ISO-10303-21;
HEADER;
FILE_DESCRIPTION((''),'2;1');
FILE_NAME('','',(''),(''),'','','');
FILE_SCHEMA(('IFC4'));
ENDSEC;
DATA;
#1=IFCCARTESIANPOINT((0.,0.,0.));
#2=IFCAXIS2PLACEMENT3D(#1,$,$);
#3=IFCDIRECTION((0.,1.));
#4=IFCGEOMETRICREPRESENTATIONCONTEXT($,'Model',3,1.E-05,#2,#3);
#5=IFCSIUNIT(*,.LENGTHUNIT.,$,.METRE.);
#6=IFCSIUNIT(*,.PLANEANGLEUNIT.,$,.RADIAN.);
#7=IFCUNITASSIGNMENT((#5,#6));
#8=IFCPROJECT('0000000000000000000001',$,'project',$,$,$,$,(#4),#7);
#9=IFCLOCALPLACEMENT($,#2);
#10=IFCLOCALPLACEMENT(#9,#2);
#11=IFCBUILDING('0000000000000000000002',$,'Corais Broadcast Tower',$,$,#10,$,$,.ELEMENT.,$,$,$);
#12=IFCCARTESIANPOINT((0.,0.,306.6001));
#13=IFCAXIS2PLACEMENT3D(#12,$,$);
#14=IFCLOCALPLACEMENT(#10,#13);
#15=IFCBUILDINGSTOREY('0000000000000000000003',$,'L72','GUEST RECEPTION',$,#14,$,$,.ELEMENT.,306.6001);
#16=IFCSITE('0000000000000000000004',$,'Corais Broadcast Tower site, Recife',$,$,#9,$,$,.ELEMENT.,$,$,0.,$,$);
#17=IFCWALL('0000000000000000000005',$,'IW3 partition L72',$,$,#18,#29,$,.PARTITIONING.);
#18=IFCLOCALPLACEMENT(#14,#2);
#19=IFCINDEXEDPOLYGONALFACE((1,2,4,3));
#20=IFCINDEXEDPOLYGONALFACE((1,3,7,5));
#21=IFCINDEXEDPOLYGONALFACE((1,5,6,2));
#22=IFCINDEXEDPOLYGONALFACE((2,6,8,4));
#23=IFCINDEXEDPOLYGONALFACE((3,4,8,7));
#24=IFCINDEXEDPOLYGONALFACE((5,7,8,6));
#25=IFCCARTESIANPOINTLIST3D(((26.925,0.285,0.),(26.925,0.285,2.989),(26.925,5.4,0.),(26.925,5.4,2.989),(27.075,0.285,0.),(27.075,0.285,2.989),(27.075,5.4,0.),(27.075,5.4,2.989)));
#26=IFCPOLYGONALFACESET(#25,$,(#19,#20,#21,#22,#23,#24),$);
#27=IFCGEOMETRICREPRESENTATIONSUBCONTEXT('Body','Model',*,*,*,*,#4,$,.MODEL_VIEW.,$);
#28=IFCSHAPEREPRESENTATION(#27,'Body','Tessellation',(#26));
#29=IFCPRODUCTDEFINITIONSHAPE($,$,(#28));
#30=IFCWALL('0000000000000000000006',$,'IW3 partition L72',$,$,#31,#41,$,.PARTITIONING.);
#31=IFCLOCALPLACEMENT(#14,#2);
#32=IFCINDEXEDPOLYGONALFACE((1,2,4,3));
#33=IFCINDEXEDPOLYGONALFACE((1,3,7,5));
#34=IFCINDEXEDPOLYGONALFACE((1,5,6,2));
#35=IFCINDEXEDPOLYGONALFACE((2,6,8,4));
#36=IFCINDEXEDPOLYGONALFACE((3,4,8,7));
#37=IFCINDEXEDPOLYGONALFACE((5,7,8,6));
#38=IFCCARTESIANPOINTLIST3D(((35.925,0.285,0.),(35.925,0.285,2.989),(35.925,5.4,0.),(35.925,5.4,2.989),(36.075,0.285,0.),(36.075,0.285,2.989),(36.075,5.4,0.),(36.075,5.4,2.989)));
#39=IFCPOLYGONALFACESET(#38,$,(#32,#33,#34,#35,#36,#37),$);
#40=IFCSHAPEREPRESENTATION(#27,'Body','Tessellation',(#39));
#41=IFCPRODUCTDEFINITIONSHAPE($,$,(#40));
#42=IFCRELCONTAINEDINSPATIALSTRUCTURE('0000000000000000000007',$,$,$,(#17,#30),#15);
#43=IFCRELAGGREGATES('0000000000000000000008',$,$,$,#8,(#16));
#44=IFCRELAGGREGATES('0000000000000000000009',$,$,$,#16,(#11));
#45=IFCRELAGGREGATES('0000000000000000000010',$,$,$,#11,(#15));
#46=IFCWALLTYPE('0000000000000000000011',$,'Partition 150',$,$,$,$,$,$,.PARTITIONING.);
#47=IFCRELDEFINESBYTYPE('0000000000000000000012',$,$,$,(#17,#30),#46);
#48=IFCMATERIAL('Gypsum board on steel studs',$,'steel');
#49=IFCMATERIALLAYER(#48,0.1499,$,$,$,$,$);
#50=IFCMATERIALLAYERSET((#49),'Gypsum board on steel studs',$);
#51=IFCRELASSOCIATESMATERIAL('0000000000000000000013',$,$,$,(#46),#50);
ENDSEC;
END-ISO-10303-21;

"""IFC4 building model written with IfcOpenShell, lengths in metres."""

from ifc_helpers import new_model, si_unit, direction, frame, frame_2d, origin, place, context, subcontext, project, spatial, rectangle, extrude, material, layer, layer_set, type_object, element, save


model = new_model("IFC4")

# Units and contexts
model_context = context("Model", 3, precision=1e-05, world=origin(), true_north=direction((0.0, 1.0)))
body_context = subcontext(model_context, "Body", "Model", "MODEL_VIEW")
ifc_project = project(units=[si_unit("LENGTHUNIT", "METRE"), si_unit("PLANEANGLEUNIT", "RADIAN")], contexts=[model_context])

# Site, building, storey
site_placement = place(None, origin())
site = spatial("IfcSite", under=ifc_project, at=site_placement, Name="Corais Broadcast Tower site, Recife", CompositionType="ELEMENT", RefElevation=0.0)
building_placement = place(site_placement, origin())
building = spatial("IfcBuilding", under=site, at=building_placement, Name="Corais Broadcast Tower", CompositionType="ELEMENT")
storey_placement = place(building_placement, frame((0.0, 0.0, 306.6001)))
storey = spatial("IfcBuildingStorey", under=building, at=storey_placement, Name="L72", Description="GUEST RECEPTION", CompositionType="ELEMENT", Elevation=306.6001)

# Walls
ifc_material_1 = material(Name="Gypsum board on steel studs", Category="steel")
ifc_layer_1 = layer(ifc_material_1, 0.1499)
ifc_layer_set_1 = layer_set([ifc_layer_1], Name="Gypsum board on steel studs")
wall_type = type_object("IfcWallType", Name="Partition 150", PredefinedType="PARTITIONING", material=ifc_layer_set_1)
for number, where, z_axis, x_axis, name in (
    (1, (27.0, 0.2849, 0.0), (0.0, 0.0, 1.0), (0.0, 1.0, 0.0), "IW3 partition L72"),
    (2, (36.0, 0.2849, 0.0), (0.0, 0.0, 1.0), (0.0, 1.0, 0.0), "IW3 partition L72"),
):
    element("IfcWall", number, at=place(storey_placement, frame(where, z_axis=z_axis, x_axis=x_axis)), inside=storey, type_object=wall_type, Name=name, PredefinedType="PARTITIONING", context=body_context, shape_type="SweptSolid", body=[
        extrude(rectangle(XDim=5.115, YDim=0.1499, at=frame_2d((2.5576, 0.0))), origin(), (0.0, 0.0, 1.0), 2.989),
    ])

save(model, "model.ifc")
